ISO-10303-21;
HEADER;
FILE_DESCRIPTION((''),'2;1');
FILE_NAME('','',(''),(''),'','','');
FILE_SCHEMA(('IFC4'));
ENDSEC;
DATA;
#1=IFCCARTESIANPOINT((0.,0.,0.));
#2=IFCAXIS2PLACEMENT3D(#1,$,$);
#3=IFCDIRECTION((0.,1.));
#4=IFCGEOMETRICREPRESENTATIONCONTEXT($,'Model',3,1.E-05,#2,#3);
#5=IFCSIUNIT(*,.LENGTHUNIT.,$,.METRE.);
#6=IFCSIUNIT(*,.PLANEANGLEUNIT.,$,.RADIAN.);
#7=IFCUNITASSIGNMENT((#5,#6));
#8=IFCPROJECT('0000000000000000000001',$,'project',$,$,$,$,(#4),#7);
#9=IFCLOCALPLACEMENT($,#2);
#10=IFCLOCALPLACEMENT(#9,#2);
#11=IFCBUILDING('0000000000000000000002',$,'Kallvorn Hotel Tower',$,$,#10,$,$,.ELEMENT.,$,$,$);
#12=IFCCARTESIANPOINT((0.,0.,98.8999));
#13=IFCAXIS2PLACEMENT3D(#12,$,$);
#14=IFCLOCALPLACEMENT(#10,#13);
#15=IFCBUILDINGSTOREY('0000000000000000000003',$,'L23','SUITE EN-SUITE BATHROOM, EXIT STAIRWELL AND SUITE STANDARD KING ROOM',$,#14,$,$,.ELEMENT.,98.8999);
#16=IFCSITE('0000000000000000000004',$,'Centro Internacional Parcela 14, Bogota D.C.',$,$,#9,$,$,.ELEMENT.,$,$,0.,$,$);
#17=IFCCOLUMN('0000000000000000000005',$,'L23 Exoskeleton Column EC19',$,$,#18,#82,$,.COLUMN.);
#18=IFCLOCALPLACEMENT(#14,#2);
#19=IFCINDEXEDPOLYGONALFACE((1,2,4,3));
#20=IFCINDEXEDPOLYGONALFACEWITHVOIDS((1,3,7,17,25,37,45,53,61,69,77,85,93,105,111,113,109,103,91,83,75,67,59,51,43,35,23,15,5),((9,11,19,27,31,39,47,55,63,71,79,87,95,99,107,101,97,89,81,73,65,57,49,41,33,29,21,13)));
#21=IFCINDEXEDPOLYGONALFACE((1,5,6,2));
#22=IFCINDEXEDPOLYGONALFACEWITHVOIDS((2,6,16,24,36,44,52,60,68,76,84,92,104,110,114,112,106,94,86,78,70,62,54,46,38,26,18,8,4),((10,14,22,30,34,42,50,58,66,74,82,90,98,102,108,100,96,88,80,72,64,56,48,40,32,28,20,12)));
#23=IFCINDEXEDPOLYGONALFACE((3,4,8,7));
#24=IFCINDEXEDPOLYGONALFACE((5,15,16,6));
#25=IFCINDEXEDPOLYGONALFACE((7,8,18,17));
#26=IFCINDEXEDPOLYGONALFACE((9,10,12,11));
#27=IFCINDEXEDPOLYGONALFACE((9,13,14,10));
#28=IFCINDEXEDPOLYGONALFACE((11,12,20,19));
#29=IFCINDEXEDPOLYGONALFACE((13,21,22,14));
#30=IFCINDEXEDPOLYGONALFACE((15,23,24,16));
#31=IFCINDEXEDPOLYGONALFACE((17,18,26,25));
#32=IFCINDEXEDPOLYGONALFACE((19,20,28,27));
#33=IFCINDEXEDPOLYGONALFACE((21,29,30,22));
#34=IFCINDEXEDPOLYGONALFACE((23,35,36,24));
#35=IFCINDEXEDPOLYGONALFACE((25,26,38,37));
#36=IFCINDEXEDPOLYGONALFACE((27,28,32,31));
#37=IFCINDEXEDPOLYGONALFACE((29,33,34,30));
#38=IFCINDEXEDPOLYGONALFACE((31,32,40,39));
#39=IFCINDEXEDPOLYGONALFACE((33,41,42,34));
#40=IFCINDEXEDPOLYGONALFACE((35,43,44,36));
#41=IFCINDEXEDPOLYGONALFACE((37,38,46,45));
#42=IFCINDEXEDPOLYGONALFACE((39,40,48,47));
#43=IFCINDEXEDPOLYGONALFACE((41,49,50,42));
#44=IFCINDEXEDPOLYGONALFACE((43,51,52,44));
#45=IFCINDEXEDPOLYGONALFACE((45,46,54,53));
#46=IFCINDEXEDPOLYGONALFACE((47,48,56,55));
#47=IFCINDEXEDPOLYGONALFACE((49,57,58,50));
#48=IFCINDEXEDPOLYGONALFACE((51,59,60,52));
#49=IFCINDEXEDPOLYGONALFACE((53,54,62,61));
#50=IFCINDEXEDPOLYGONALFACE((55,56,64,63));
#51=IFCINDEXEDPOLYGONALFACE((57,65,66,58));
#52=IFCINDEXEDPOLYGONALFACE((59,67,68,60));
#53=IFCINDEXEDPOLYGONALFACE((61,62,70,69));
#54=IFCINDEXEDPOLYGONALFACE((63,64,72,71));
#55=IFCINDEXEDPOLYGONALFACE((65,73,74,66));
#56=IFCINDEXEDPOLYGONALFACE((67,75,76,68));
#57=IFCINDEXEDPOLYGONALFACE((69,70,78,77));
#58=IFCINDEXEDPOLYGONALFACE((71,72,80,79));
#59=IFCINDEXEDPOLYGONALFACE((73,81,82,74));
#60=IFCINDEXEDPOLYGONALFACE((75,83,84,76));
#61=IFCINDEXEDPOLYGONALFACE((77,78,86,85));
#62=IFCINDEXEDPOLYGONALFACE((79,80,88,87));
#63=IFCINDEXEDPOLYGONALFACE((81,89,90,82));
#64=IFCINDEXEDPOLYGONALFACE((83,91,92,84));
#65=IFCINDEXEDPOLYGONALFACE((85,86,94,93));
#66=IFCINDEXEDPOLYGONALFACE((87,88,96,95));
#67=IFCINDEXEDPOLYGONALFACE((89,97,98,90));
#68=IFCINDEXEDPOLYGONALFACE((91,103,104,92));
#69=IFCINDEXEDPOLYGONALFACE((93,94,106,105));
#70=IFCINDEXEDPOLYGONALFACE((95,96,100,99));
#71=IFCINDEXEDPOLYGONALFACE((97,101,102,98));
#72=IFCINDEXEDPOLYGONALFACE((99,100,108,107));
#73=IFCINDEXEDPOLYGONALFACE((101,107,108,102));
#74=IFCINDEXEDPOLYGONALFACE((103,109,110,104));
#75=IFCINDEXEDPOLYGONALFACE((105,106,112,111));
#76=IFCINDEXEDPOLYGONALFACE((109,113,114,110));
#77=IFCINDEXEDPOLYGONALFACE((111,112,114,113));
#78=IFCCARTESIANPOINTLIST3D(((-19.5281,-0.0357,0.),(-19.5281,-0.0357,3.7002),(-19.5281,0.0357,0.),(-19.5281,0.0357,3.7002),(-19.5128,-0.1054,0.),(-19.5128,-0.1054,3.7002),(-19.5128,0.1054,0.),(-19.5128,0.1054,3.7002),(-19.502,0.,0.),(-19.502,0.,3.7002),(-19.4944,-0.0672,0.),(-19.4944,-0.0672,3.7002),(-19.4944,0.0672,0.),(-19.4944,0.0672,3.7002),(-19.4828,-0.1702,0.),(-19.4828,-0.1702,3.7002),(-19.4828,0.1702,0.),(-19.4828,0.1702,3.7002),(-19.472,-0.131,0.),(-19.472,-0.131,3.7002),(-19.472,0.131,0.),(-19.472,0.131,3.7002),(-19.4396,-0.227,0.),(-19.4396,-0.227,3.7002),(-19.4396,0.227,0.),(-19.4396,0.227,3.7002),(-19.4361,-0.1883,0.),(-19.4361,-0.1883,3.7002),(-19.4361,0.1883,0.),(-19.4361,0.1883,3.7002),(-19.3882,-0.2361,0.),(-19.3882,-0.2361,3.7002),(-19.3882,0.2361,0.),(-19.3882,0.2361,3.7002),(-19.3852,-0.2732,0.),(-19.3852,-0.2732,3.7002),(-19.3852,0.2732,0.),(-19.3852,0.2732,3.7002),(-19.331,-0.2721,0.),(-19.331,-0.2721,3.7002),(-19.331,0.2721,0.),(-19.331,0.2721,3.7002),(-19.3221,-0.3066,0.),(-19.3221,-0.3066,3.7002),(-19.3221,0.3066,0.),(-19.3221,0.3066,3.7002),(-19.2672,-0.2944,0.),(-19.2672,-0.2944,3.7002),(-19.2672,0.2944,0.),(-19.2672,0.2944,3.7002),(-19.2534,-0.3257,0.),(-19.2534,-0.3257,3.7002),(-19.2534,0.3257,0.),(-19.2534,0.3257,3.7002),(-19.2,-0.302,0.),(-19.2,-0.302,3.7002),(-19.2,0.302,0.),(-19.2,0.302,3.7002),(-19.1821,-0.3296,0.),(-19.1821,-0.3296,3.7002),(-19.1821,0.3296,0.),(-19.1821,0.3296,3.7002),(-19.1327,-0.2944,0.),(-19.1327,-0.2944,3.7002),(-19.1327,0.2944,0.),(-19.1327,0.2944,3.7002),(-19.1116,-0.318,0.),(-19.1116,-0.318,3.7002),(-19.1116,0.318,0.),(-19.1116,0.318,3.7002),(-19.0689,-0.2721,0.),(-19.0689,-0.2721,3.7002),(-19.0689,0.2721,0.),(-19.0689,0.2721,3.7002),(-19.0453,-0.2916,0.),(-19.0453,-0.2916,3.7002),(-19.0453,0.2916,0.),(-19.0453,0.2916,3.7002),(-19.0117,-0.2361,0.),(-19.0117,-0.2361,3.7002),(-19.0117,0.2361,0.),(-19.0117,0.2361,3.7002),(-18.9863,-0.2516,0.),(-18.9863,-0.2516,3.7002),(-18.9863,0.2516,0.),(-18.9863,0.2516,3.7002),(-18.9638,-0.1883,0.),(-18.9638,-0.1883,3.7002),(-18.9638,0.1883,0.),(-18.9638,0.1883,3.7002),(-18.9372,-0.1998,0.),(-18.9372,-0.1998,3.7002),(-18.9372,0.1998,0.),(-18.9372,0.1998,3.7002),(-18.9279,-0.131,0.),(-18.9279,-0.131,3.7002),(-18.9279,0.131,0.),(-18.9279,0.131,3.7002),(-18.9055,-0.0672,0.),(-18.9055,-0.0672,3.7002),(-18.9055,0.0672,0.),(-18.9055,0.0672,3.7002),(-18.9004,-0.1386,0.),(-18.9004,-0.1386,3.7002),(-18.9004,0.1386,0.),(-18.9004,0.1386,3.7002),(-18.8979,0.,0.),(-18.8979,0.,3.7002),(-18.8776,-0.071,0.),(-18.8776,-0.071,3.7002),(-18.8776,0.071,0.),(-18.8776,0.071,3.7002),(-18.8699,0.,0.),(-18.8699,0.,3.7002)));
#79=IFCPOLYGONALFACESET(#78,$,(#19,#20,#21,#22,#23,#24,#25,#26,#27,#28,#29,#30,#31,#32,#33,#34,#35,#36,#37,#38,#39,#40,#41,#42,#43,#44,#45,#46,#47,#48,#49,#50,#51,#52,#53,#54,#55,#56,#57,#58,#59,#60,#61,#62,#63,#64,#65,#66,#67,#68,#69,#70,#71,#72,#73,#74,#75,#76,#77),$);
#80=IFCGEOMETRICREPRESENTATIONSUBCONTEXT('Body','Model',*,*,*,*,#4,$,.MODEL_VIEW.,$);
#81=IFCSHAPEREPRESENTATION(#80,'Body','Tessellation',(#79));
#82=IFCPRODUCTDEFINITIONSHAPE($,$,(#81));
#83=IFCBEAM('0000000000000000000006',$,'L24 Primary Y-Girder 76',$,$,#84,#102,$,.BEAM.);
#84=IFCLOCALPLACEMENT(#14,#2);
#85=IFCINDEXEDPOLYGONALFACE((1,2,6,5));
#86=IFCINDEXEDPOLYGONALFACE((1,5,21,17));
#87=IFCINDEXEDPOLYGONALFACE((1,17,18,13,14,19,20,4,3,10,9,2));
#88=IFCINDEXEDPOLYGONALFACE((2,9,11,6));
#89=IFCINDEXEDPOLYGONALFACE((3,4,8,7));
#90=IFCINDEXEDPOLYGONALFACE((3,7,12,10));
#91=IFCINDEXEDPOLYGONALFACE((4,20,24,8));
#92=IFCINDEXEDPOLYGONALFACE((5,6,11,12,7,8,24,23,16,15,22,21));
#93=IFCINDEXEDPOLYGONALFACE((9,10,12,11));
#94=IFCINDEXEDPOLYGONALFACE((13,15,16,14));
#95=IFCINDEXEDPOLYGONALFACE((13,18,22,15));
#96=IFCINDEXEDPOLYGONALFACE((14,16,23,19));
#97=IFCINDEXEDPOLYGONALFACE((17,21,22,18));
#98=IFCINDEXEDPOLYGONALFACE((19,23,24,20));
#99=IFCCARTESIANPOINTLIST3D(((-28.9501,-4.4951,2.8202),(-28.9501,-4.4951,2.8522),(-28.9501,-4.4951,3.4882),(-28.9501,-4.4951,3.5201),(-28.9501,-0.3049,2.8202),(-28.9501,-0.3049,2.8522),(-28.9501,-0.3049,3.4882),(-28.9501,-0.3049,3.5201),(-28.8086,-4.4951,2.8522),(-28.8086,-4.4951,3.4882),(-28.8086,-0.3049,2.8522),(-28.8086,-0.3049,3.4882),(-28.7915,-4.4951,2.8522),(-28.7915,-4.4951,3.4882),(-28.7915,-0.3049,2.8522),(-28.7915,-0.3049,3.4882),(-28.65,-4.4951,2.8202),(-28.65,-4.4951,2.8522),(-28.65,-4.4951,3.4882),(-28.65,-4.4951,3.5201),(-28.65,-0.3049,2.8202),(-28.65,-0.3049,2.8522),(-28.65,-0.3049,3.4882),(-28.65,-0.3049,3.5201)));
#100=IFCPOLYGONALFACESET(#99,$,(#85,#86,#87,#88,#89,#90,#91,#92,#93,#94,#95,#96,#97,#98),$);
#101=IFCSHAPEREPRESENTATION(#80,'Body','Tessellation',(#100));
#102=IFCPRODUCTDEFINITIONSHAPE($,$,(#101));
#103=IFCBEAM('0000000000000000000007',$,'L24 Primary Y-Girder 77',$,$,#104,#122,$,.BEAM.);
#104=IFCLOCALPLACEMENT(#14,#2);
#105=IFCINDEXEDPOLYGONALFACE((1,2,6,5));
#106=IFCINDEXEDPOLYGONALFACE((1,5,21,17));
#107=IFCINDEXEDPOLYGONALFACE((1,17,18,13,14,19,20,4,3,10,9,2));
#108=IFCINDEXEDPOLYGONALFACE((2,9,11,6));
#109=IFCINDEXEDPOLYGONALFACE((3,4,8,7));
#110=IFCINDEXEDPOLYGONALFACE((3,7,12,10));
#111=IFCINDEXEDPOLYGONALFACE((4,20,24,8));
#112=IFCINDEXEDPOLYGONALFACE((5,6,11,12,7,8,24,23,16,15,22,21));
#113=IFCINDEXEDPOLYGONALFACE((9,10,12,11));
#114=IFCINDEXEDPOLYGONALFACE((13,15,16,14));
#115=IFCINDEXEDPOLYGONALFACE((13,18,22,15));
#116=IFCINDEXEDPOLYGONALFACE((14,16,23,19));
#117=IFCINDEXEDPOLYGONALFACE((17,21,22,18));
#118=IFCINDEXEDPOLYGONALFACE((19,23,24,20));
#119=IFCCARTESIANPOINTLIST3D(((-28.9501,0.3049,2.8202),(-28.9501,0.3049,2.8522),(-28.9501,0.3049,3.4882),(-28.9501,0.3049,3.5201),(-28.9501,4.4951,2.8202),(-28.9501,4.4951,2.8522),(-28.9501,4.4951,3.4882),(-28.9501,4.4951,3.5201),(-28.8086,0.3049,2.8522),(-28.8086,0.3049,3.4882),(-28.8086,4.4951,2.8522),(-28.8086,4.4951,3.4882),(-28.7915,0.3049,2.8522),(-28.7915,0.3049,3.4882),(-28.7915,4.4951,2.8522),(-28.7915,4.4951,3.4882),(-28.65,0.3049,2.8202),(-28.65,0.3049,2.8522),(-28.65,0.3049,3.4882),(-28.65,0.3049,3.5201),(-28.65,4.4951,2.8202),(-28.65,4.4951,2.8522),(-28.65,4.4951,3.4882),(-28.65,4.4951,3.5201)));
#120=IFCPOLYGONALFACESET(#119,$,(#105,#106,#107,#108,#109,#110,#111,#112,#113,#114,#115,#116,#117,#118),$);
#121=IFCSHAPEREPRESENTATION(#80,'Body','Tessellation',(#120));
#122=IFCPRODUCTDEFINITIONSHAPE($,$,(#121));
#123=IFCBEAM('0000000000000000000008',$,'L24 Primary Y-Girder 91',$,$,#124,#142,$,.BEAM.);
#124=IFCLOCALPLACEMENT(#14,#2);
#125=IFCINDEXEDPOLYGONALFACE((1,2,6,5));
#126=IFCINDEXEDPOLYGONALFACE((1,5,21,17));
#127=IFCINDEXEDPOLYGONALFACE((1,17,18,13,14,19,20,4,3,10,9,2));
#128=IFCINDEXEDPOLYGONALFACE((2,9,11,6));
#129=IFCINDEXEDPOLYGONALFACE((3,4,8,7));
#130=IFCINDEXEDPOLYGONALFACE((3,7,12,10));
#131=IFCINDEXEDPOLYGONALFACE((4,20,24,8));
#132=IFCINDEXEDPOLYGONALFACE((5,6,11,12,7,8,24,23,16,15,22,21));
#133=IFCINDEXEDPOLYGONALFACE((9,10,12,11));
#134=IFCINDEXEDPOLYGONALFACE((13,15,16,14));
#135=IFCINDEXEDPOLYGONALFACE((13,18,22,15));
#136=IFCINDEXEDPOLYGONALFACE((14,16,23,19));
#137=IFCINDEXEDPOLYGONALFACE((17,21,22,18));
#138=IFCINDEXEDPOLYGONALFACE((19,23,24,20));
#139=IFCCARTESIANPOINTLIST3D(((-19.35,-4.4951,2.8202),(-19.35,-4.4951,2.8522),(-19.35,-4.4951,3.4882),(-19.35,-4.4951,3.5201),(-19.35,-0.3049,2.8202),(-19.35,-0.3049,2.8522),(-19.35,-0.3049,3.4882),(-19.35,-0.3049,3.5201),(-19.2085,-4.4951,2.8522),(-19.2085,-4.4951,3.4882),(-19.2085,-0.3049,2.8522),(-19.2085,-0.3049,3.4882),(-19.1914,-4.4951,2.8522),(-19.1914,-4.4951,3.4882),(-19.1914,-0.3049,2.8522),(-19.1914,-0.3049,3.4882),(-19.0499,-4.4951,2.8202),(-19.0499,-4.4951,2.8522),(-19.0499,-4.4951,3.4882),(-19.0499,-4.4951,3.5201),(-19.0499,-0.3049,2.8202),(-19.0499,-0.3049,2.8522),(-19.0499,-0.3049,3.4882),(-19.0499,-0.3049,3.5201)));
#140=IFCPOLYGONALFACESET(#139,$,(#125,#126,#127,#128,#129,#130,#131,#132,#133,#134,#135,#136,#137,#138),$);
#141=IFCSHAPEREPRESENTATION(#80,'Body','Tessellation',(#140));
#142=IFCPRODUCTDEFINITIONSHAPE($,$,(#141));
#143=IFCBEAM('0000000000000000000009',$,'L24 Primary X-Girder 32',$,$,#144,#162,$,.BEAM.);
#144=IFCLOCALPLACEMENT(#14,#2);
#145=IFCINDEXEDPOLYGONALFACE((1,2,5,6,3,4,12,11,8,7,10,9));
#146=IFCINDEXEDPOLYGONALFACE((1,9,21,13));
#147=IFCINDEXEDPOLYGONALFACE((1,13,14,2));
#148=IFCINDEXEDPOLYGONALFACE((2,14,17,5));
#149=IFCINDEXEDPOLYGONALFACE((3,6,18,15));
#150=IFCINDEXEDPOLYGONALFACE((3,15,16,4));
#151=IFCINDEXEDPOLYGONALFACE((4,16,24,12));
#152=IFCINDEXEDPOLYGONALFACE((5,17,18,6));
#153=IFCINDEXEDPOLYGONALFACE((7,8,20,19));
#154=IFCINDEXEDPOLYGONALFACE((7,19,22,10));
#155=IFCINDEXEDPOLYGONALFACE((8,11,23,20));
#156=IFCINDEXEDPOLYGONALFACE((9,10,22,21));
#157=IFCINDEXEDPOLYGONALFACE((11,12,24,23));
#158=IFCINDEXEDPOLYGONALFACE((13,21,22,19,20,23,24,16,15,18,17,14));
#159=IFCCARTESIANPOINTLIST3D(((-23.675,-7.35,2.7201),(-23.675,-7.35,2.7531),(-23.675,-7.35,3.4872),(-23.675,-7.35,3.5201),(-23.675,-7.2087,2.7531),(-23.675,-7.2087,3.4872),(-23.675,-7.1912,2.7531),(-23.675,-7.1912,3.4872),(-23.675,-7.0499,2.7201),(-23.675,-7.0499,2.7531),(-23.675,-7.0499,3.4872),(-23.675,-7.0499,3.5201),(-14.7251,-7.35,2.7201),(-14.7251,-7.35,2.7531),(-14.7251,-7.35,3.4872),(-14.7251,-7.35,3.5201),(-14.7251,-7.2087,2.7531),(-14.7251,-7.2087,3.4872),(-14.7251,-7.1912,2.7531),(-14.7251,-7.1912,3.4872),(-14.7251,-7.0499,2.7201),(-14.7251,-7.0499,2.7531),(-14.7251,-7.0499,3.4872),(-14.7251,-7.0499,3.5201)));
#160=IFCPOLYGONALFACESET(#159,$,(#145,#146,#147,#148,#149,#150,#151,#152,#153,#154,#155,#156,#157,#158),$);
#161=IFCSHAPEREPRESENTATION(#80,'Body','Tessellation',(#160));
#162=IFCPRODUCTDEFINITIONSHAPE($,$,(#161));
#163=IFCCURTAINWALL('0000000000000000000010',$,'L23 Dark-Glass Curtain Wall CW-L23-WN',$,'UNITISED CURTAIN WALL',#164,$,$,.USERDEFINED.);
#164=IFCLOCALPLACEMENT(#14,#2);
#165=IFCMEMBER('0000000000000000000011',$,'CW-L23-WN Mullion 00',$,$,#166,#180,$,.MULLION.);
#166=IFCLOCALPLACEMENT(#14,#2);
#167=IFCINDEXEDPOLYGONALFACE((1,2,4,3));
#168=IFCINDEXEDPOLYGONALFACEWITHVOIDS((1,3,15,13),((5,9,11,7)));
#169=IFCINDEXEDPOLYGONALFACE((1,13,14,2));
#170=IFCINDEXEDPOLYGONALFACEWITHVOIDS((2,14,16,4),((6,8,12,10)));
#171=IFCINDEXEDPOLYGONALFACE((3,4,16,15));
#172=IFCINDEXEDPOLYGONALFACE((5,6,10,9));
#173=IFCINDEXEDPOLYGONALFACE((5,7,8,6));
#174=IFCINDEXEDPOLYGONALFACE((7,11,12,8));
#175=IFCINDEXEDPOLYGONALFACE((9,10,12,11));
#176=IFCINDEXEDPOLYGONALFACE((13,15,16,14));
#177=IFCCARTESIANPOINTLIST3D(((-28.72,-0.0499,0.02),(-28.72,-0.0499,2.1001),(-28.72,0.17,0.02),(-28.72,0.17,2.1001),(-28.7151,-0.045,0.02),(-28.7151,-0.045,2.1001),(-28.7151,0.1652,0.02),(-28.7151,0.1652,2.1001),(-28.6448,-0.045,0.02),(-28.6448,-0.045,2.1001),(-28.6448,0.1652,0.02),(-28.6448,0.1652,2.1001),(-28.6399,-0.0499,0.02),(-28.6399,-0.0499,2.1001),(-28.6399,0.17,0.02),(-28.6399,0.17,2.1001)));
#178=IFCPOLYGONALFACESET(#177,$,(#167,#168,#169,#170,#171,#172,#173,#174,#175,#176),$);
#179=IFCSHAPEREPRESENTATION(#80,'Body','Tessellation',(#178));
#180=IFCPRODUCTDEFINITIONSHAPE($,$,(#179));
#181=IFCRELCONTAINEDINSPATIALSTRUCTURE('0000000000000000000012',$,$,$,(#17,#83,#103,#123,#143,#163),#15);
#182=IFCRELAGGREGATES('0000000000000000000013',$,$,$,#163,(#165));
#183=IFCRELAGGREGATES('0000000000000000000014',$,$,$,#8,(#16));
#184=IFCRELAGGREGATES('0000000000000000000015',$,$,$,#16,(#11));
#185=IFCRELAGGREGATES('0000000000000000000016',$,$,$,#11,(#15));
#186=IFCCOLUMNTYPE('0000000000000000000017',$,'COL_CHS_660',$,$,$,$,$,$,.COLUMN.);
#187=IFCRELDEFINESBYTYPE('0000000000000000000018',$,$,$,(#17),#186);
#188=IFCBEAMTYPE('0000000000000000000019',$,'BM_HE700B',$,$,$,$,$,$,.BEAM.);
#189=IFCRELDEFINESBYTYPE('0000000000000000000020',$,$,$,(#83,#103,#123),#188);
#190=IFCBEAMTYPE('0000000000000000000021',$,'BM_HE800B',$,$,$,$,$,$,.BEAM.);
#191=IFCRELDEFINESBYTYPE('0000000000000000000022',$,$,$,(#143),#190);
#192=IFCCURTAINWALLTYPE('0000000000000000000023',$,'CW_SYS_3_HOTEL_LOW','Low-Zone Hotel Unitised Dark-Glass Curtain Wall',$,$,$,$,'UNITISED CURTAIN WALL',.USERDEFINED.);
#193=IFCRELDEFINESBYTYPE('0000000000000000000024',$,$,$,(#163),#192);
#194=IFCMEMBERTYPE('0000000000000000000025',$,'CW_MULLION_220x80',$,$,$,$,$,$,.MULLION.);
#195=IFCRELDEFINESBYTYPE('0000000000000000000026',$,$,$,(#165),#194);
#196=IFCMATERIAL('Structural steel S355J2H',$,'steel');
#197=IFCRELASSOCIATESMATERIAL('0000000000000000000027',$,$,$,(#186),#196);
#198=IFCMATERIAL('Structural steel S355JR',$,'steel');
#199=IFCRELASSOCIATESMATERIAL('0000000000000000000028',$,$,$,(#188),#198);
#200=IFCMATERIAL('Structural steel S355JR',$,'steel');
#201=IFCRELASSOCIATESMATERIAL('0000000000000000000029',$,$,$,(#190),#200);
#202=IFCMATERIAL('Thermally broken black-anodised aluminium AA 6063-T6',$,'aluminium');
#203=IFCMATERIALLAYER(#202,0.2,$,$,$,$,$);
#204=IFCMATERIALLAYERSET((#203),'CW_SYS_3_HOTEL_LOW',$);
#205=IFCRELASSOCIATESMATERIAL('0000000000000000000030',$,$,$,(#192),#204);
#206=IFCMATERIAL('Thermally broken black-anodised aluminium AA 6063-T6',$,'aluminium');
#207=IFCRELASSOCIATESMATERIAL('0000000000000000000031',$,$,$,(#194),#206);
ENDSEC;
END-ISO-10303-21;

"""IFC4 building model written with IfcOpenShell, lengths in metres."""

from ifc_helpers import new_model, si_unit, direction, frame, origin, origin_2d, place, context, subcontext, project, spatial, hollow_rectangle, hollow_circle, i_section, extrude, material, layer, layer_set, material_profile, profile_set, type_object, element, aggregate, save


model = new_model("IFC4")

# Units and contexts
model_context = context("Model", 3, precision=1e-05, world=origin(), true_north=direction((0.0, 1.0)))
body_context = subcontext(model_context, "Body", "Model", "MODEL_VIEW")
ifc_project = project(units=[si_unit("LENGTHUNIT", "METRE"), si_unit("PLANEANGLEUNIT", "RADIAN")], contexts=[model_context])

# Site, building, storey
site_placement = place(None, origin())
site = spatial("IfcSite", under=ifc_project, at=site_placement, Name="Centro Internacional Parcela 14, Bogota D.C.", CompositionType="ELEMENT", RefElevation=0.0)
building_placement = place(site_placement, origin())
building = spatial("IfcBuilding", under=site, at=building_placement, Name="Kallvorn Hotel Tower", CompositionType="ELEMENT")
storey_placement = place(building_placement, frame((0.0, 0.0, 98.8999)))
storey = spatial("IfcBuildingStorey", under=building, at=storey_placement, Name="L23", Description="SUITE EN-SUITE BATHROOM, EXIT STAIRWELL AND SUITE STANDARD KING ROOM", CompositionType="ELEMENT", Elevation=98.8999)

# Column
ifc_material_1 = material(Name="Structural steel S355J2H", Category="steel")
ifc_material_profile_1 = material_profile(ifc_material_1, hollow_circle(Radius=0.3301, WallThickness=0.0281, at=origin_2d()), Name="CHS 660x28")
ifc_profile_set_1 = profile_set([ifc_material_profile_1], Name="Structural steel S355J2H")
column_type = type_object("IfcColumnType", Name="COL_CHS_660", PredefinedType="COLUMN", material=ifc_profile_set_1)
for number, where, z_axis, x_axis, name in (
    (1, (-19.2, 0.0, 0.0), (0.0, 0.0, 1.0), (1.0, 0.0, 0.0), "L23 Exoskeleton Column EC19"),
):
    element("IfcColumn", number, at=place(storey_placement, frame(where, z_axis=z_axis, x_axis=x_axis)), inside=storey, type_object=column_type, Name=name, PredefinedType="COLUMN", context=body_context, shape_type="SweptSolid", body=[
        extrude(hollow_circle(Radius=0.3301, WallThickness=0.0281, at=origin_2d()), origin(), (0.0, 0.0, 1.0), 3.7002),
    ])

# Beams
ifc_material_2 = material(Name="Structural steel S355JR", Category="steel")
ifc_material_profile_2 = material_profile(ifc_material_2, i_section(OverallWidth=0.3, OverallDepth=0.7, WebThickness=0.0171, FlangeThickness=0.032, at=origin_2d()), Name="HE 700 B")
ifc_profile_set_2 = profile_set([ifc_material_profile_2], Name="Structural steel S355JR")
beam_type_1 = type_object("IfcBeamType", Name="BM_HE700B", PredefinedType="BEAM", material=ifc_profile_set_2)
for number, where, z_axis, x_axis, name in (
    (2, (-28.8, -4.4951, 3.1702), (0.0, 1.0, 0.0), (-1.0, 0.0, 0.0), "L24 Primary Y-Girder 76"),
    (3, (-28.8, 0.3049, 3.1702), (0.0, 1.0, 0.0), (-1.0, 0.0, 0.0), "L24 Primary Y-Girder 77"),
    (4, (-19.2, -4.4951, 3.1702), (0.0, 1.0, 0.0), (-1.0, 0.0, 0.0), "L24 Primary Y-Girder 91"),
):
    element("IfcBeam", number, at=place(storey_placement, frame(where, z_axis=z_axis, x_axis=x_axis)), inside=storey, type_object=beam_type_1, Name=name, PredefinedType="BEAM", context=body_context, shape_type="SweptSolid", body=[
        extrude(i_section(OverallWidth=0.3, OverallDepth=0.7, WebThickness=0.0171, FlangeThickness=0.032, at=origin_2d()), origin(), (0.0, 0.0, 1.0), 4.1902),
    ])
ifc_material_3 = material(Name="Structural steel S355JR", Category="steel")
ifc_material_profile_3 = material_profile(ifc_material_3, i_section(OverallWidth=0.3, OverallDepth=0.8, WebThickness=0.0176, FlangeThickness=0.033, at=origin_2d()), Name="HE 800 B")
ifc_profile_set_3 = profile_set([ifc_material_profile_3], Name="Structural steel S355JR")
beam_type_2 = type_object("IfcBeamType", Name="BM_HE800B", PredefinedType="BEAM", material=ifc_profile_set_3)
beam_placement = place(storey_placement, frame((-23.675, -7.2, 3.1201), z_axis=(1.0, 0.0, 0.0), x_axis=(0.0, 1.0, 0.0)))
element("IfcBeam", 5, at=beam_placement, inside=storey, type_object=beam_type_2, Name="L24 Primary X-Girder 32", PredefinedType="BEAM", context=body_context, shape_type="SweptSolid", body=[
    extrude(i_section(OverallWidth=0.3, OverallDepth=0.8, WebThickness=0.0176, FlangeThickness=0.033, at=origin_2d()), origin(), (0.0, 0.0, 1.0), 8.95),
])

# Curtain wall, member
ifc_material_4 = material(Name="Thermally broken black-anodised aluminium AA 6063-T6", Category="aluminium")
ifc_layer_1 = layer(ifc_material_4, 0.2)
ifc_layer_set_1 = layer_set([ifc_layer_1], Name="CW_SYS_3_HOTEL_LOW")
curtain_wall_type = type_object("IfcCurtainWallType", Name="CW_SYS_3_HOTEL_LOW", Description="Low-Zone Hotel Unitised Dark-Glass Curtain Wall", ElementType="UNITISED CURTAIN WALL", PredefinedType="USERDEFINED", material=ifc_layer_set_1)
curtain_wall_placement = place(storey_placement, origin())
curtain_wall = element("IfcCurtainWall", 6, at=curtain_wall_placement, inside=storey, type_object=curtain_wall_type, Name="L23 Dark-Glass Curtain Wall CW-L23-WN", ObjectType="UNITISED CURTAIN WALL", PredefinedType="USERDEFINED")
ifc_material_5 = material(Name="Thermally broken black-anodised aluminium AA 6063-T6", Category="aluminium")
ifc_material_profile_4 = material_profile(ifc_material_5, hollow_rectangle(XDim=0.0801, YDim=0.22, WallThickness=0.0049, at=origin_2d()), Name="MUL 220x80")
ifc_profile_set_4 = profile_set([ifc_material_profile_4], Name="Thermally broken black-anodised aluminium AA 6063-T6")
member_type_1 = type_object("IfcMemberType", Name="CW_MULLION_220x80", PredefinedType="MULLION", material=ifc_profile_set_4)
member_1_placement = place(storey_placement, frame((-28.6799, 0.0601, 0.02), z_axis=(0.0, 0.0, 1.0), x_axis=(1.0, 0.0, 0.0)))
member_1 = element("IfcMember", 7, at=member_1_placement, type_object=member_type_1, Name="CW-L23-WN Mullion 00", PredefinedType="MULLION", context=body_context, shape_type="SweptSolid", body=[
    extrude(hollow_rectangle(XDim=0.0801, YDim=0.22, WallThickness=0.0049, at=origin_2d()), origin(), (0.0, 0.0, 1.0), 2.0801),
])
aggregate(curtain_wall, [member_1])

save(model, "model.ifc")
